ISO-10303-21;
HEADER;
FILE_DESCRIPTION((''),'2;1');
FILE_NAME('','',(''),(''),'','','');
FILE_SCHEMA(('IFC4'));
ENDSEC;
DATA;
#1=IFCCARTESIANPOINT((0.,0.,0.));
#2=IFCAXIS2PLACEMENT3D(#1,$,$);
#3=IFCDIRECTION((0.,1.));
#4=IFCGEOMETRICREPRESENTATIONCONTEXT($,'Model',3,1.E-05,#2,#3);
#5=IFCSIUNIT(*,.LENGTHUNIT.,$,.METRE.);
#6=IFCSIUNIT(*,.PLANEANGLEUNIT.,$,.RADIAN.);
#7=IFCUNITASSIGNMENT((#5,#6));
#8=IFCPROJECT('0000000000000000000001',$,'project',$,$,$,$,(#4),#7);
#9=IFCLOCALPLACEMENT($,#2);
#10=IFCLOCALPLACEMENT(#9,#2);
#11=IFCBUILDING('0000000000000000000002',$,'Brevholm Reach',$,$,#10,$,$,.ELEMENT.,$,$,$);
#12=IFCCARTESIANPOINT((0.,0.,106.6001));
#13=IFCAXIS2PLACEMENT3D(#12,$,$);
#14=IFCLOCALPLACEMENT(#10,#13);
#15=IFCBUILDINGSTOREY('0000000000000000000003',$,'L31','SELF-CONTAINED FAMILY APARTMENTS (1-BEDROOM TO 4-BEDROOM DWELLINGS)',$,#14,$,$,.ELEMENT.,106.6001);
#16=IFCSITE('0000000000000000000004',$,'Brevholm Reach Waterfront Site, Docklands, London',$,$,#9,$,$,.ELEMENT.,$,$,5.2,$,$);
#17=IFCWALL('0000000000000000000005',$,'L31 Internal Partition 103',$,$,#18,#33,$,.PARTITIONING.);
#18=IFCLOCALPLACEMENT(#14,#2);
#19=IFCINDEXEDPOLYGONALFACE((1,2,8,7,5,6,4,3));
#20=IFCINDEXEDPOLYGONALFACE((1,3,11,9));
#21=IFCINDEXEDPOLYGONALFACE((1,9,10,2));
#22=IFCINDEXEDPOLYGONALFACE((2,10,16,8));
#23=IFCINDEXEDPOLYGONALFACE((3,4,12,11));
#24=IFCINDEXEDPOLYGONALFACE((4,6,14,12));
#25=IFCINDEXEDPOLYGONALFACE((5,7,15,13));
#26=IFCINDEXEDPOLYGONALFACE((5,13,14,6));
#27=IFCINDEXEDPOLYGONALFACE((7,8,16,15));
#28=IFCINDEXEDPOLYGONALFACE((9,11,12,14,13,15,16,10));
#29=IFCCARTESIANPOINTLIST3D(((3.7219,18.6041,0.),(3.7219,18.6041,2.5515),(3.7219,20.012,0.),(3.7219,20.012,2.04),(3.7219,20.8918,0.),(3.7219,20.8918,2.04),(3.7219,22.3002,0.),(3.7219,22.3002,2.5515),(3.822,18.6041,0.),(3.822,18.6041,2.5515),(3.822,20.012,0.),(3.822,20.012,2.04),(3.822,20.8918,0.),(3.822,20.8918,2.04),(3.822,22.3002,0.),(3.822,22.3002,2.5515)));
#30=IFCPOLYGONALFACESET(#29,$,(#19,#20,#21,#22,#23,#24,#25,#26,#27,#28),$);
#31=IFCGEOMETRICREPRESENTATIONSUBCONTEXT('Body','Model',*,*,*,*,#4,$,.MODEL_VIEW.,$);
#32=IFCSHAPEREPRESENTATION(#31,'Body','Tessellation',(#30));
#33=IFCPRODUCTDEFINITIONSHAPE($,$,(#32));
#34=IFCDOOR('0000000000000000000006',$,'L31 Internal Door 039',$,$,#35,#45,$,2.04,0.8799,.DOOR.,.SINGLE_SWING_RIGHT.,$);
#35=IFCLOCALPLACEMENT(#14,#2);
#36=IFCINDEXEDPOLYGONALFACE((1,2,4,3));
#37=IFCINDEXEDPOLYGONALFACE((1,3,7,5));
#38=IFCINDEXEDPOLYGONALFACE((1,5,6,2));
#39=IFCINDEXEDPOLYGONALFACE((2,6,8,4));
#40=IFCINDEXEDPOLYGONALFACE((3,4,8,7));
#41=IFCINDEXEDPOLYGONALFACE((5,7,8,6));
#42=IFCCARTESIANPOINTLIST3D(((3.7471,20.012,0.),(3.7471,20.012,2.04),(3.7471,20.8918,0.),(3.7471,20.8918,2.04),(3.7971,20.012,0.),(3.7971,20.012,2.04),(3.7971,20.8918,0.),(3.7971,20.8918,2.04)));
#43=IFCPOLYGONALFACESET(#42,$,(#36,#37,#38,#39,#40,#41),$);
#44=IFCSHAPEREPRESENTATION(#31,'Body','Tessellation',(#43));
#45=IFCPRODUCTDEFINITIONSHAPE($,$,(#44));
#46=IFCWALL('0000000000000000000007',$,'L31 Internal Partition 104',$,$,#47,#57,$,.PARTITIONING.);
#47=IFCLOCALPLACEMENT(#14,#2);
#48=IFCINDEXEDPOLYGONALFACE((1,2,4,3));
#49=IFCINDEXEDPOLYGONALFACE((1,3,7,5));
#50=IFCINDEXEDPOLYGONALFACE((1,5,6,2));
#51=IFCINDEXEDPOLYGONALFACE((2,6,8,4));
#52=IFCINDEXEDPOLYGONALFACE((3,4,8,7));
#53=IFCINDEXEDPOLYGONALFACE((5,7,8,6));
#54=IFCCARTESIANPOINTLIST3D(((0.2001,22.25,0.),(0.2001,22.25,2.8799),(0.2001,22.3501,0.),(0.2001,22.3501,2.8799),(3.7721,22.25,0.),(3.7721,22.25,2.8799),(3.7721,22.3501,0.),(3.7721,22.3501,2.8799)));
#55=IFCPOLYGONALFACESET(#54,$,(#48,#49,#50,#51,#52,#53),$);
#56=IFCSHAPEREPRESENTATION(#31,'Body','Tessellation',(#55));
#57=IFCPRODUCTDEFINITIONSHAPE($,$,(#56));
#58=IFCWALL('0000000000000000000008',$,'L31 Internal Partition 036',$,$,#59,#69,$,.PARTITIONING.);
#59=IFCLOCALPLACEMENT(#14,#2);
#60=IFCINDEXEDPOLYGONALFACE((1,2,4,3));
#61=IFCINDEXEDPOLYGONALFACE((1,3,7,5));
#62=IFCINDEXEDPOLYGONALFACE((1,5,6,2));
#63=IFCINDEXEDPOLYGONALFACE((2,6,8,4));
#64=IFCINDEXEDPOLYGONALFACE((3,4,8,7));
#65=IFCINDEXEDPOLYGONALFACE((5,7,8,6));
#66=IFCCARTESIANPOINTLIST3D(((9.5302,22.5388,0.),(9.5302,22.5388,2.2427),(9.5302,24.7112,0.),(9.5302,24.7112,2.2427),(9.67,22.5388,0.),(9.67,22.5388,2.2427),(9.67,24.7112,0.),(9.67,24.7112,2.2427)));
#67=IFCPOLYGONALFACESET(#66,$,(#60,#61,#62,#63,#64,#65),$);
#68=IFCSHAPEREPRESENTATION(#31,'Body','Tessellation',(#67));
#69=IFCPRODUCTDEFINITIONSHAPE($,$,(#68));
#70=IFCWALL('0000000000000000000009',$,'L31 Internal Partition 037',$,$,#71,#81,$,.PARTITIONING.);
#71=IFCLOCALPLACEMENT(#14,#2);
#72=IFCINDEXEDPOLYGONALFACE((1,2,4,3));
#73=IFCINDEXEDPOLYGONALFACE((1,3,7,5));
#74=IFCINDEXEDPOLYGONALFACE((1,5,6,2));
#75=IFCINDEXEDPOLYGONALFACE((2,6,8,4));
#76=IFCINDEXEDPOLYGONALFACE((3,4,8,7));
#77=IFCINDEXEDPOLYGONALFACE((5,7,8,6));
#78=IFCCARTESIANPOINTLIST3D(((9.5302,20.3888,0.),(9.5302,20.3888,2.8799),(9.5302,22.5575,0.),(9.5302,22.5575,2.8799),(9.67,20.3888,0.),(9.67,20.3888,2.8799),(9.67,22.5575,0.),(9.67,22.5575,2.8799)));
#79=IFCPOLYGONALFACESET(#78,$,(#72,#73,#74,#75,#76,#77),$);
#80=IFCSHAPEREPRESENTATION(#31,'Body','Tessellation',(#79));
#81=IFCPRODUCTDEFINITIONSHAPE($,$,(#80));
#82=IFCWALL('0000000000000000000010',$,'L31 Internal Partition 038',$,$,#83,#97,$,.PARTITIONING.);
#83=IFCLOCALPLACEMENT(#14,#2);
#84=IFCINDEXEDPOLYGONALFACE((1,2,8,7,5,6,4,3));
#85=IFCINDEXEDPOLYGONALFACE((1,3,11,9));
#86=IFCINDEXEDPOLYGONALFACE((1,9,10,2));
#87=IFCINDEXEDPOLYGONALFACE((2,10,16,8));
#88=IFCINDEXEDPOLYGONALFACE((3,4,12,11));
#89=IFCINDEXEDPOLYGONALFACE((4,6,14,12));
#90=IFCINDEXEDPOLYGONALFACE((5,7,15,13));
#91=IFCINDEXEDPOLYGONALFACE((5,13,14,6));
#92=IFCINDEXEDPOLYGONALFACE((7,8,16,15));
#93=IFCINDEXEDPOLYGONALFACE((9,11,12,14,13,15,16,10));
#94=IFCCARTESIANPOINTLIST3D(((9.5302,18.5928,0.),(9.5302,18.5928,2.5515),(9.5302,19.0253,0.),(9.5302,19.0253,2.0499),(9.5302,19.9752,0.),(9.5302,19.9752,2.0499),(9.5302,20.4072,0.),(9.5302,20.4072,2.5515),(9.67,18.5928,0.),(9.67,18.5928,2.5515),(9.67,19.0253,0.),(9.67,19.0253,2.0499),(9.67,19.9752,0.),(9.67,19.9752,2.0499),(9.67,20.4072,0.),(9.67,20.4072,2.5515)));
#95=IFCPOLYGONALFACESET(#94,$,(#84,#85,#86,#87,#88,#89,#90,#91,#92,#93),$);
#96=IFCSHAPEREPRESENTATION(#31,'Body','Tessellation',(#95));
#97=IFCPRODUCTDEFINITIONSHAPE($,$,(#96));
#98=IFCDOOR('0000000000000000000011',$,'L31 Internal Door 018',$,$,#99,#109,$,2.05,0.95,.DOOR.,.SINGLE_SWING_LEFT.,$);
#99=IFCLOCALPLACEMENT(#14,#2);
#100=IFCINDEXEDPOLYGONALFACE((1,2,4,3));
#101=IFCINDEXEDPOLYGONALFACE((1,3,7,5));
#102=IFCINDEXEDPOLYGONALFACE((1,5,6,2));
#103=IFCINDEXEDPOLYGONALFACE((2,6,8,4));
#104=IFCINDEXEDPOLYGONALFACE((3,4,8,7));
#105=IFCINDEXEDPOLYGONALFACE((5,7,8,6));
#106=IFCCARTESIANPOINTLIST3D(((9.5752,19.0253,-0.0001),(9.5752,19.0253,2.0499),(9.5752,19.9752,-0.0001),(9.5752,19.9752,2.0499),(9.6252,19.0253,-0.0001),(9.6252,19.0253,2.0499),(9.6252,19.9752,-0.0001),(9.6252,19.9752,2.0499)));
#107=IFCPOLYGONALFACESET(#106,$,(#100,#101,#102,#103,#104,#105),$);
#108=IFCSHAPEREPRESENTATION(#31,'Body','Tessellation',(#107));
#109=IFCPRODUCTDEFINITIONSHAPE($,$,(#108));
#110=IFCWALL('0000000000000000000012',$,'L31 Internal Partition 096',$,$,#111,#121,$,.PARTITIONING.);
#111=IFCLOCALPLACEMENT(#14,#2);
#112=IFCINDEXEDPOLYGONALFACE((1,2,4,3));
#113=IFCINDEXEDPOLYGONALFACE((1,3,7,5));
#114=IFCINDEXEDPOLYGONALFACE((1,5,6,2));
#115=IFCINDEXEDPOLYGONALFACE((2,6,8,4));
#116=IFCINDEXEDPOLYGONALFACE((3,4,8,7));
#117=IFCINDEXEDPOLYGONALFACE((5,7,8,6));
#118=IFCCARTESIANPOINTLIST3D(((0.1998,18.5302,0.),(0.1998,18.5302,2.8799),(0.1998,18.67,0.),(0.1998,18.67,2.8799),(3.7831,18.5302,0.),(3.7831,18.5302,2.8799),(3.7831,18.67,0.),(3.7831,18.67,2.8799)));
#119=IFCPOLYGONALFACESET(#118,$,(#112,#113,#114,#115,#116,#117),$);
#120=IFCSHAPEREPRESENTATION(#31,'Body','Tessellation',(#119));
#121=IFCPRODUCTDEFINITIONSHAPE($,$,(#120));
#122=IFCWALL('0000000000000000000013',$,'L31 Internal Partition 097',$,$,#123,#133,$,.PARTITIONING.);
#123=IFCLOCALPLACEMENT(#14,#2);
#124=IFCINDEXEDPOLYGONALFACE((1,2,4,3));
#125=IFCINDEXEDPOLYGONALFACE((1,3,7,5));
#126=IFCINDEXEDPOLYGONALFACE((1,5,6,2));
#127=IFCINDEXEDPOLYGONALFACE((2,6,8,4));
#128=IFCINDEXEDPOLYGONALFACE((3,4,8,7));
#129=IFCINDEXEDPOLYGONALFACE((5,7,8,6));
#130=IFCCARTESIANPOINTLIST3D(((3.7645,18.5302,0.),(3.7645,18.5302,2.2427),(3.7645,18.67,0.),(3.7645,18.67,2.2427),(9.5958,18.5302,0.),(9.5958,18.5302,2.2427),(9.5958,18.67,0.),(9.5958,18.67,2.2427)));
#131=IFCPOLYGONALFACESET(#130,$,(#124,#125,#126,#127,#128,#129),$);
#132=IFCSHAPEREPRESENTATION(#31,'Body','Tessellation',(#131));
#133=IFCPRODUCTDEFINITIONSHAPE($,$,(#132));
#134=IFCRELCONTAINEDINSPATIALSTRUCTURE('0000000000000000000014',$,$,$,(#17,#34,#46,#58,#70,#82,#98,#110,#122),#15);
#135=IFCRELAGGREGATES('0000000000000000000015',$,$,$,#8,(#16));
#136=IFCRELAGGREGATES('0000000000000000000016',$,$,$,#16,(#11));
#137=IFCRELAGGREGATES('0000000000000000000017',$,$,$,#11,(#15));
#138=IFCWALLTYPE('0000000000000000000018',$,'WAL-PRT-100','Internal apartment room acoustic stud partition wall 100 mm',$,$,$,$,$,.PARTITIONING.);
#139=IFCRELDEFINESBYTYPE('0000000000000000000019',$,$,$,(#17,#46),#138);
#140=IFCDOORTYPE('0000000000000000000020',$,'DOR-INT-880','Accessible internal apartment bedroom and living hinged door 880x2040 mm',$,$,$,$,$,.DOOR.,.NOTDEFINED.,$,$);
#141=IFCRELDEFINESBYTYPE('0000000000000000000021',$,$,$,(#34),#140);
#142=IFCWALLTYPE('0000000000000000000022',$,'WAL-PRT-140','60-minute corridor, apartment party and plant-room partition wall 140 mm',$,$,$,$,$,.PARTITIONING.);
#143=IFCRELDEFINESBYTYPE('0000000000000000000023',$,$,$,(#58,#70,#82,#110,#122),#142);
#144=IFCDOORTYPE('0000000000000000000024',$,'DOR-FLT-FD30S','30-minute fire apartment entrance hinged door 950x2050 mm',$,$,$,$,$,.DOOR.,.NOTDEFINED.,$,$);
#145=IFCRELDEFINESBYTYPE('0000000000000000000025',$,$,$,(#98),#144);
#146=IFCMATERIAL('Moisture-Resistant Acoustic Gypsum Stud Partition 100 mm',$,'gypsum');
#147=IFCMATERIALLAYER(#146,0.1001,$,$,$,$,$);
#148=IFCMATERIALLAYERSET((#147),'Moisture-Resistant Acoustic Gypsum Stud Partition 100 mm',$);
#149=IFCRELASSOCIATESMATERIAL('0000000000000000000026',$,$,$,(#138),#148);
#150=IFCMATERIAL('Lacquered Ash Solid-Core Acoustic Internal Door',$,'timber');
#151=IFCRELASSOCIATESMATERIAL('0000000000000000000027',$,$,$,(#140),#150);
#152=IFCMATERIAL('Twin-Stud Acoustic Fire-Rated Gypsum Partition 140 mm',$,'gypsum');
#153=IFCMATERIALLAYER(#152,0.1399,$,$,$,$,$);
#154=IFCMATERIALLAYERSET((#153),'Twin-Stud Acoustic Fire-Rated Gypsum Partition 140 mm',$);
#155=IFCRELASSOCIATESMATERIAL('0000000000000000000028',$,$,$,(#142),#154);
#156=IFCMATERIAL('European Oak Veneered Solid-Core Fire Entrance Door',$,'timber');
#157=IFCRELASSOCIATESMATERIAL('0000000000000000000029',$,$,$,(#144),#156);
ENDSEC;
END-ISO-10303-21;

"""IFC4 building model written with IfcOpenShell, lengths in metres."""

from ifc_helpers import new_model, si_unit, direction, frame, frame_2d, origin, place, context, subcontext, project, spatial, rectangle, extrude, material, layer, layer_set, type_object, element, fill, save


model = new_model("IFC4")

# Units and contexts
model_context = context("Model", 3, precision=1e-05, world=origin(), true_north=direction((0.0, 1.0)))
body_context = subcontext(model_context, "Body", "Model", "MODEL_VIEW")
ifc_project = project(units=[si_unit("LENGTHUNIT", "METRE"), si_unit("PLANEANGLEUNIT", "RADIAN")], contexts=[model_context])

# Site, building, storey
site_placement = place(None, origin())
site = spatial("IfcSite", under=ifc_project, at=site_placement, Name="Brevholm Reach Waterfront Site, Docklands, London", CompositionType="ELEMENT", RefElevation=5.2)
building_placement = place(site_placement, origin())
building = spatial("IfcBuilding", under=site, at=building_placement, Name="Brevholm Reach", CompositionType="ELEMENT")
storey_placement = place(building_placement, frame((0.0, 0.0, 106.6001)))
storey = spatial("IfcBuildingStorey", under=building, at=storey_placement, Name="L31", Description="SELF-CONTAINED FAMILY APARTMENTS (1-BEDROOM TO 4-BEDROOM DWELLINGS)", CompositionType="ELEMENT", Elevation=106.6001)

# Shared definitions
ifc_material_1 = material(Name="Moisture-Resistant Acoustic Gypsum Stud Partition 100 mm", Category="gypsum")
ifc_layer_1 = layer(ifc_material_1, 0.1001)
ifc_layer_set_1 = layer_set([ifc_layer_1], Name="Moisture-Resistant Acoustic Gypsum Stud Partition 100 mm")
wall_type_1 = type_object("IfcWallType", Name="WAL-PRT-100", Description="Internal apartment room acoustic stud partition wall 100 mm", PredefinedType="PARTITIONING", material=ifc_layer_set_1)

# Shared definitions
ifc_material_2 = material(Name="Lacquered Ash Solid-Core Acoustic Internal Door", Category="timber")
door_type_1 = type_object("IfcDoorType", Name="DOR-INT-880", Description="Accessible internal apartment bedroom and living hinged door 880x2040 mm", OperationType="NOTDEFINED", PredefinedType="DOOR", material=ifc_material_2)

# Wall, opening, door
wall_1_placement = place(storey_placement, frame((3.772, 18.604, 0.0), z_axis=(0.0, 0.0, 1.0), x_axis=(0.0, 1.0, 0.0)))
wall_1 = element("IfcWall", 1, at=wall_1_placement, inside=storey, type_object=wall_type_1, Name="L31 Internal Partition 103", PredefinedType="PARTITIONING", context=body_context, shape_type="SweptSolid", body=[
    extrude(rectangle(XDim=3.696, YDim=0.1001, at=frame_2d((1.8481, 0.0))), origin(), (0.0, 0.0, 1.0), 2.5515),
])
opening_1_placement = place(wall_1_placement, frame((1.408, 0.0, 0.0)))
opening_1 = element("IfcOpeningElement", 2, at=opening_1_placement, cuts=wall_1, PredefinedType="OPENING", context=body_context, shape_type="SweptSolid", body=[
    extrude(rectangle(XDim=0.8799, YDim=2.04, at=frame_2d((0.4399, 1.02))), frame((0.0, 0.0601, 0.0), z_axis=(0.0, -1.0, 0.0), x_axis=(1.0, 0.0, 0.0)), (0.0, 0.0, 1.0), 0.1201),
])
door_1_placement = place(opening_1_placement, origin())
door_1 = element("IfcDoor", 3, at=door_1_placement, inside=storey, type_object=door_type_1, Name="L31 Internal Door 039", OperationType="SINGLE_SWING_RIGHT", OverallHeight=2.04, OverallWidth=0.8799, PredefinedType="DOOR", context=body_context, shape_type="SweptSolid", body=[
    extrude(rectangle(XDim=0.8799, YDim=2.04, at=frame_2d((0.4399, 1.02))), frame((0.0, 0.0249, 0.0), z_axis=(0.0, -1.0, 0.0), x_axis=(1.0, 0.0, 0.0)), (0.0, 0.0, 1.0), 0.05),
])
fill(opening_1, door_1)

# Walls
wall_2_placement = place(storey_placement, frame((0.2, 22.3, 0.0), z_axis=(0.0, 0.0, 1.0), x_axis=(1.0, 0.0, 0.0)))
element("IfcWall", 4, at=wall_2_placement, inside=storey, type_object=wall_type_1, Name="L31 Internal Partition 104", PredefinedType="PARTITIONING", context=body_context, shape_type="SweptSolid", body=[
    extrude(rectangle(XDim=3.572, YDim=0.1001, at=frame_2d((1.7861, 0.0))), origin(), (0.0, 0.0, 1.0), 2.8799),
])
ifc_material_3 = material(Name="Twin-Stud Acoustic Fire-Rated Gypsum Partition 140 mm", Category="gypsum")
ifc_layer_2 = layer(ifc_material_3, 0.1399)
ifc_layer_set_2 = layer_set([ifc_layer_2], Name="Twin-Stud Acoustic Fire-Rated Gypsum Partition 140 mm")
wall_type_2 = type_object("IfcWallType", Name="WAL-PRT-140", Description="60-minute corridor, apartment party and plant-room partition wall 140 mm", PredefinedType="PARTITIONING", material=ifc_layer_set_2)
wall_3_placement = place(storey_placement, frame((9.6001, 22.5388, 0.0), z_axis=(0.0, 0.0, 1.0), x_axis=(0.0, 1.0, 0.0)))
element("IfcWall", 5, at=wall_3_placement, inside=storey, type_object=wall_type_2, Name="L31 Internal Partition 036", PredefinedType="PARTITIONING", context=body_context, shape_type="SweptSolid", body=[
    extrude(rectangle(XDim=2.1724, YDim=0.1399, at=frame_2d((1.0862, 0.0))), origin(), (0.0, 0.0, 1.0), 2.2427),
])
wall_4_placement = place(storey_placement, frame((9.6001, 20.3887, 0.0), z_axis=(0.0, 0.0, 1.0), x_axis=(0.0, 1.0, 0.0)))
element("IfcWall", 6, at=wall_4_placement, inside=storey, type_object=wall_type_2, Name="L31 Internal Partition 037", PredefinedType="PARTITIONING", context=body_context, shape_type="SweptSolid", body=[
    extrude(rectangle(XDim=2.1687, YDim=0.1399, at=frame_2d((1.0845, 0.0))), origin(), (0.0, 0.0, 1.0), 2.8799),
])

# Wall, opening, door
wall_5_placement = place(storey_placement, frame((9.6001, 18.5928, 0.0), z_axis=(0.0, 0.0, 1.0), x_axis=(0.0, 1.0, 0.0)))
wall_5 = element("IfcWall", 7, at=wall_5_placement, inside=storey, type_object=wall_type_2, Name="L31 Internal Partition 038", PredefinedType="PARTITIONING", context=body_context, shape_type="SweptSolid", body=[
    extrude(rectangle(XDim=1.8145, YDim=0.1399, at=frame_2d((0.9072, 0.0))), origin(), (0.0, 0.0, 1.0), 2.5515),
])
opening_2_placement = place(wall_5_placement, frame((0.4324, 0.0, 0.0)))
opening_2 = element("IfcOpeningElement", 8, at=opening_2_placement, cuts=wall_5, PredefinedType="OPENING", context=body_context, shape_type="SweptSolid", body=[
    extrude(rectangle(XDim=0.95, YDim=2.05, at=frame_2d((0.4751, 1.0249))), frame((0.0, 0.0798, 0.0), z_axis=(0.0, -1.0, 0.0), x_axis=(1.0, 0.0, 0.0)), (0.0, 0.0, 1.0), 0.1599),
])
ifc_material_4 = material(Name="European Oak Veneered Solid-Core Fire Entrance Door", Category="timber")
door_type_2 = type_object("IfcDoorType", Name="DOR-FLT-FD30S", Description="30-minute fire apartment entrance hinged door 950x2050 mm", OperationType="NOTDEFINED", PredefinedType="DOOR", material=ifc_material_4)
door_2_placement = place(opening_2_placement, origin())
door_2 = element("IfcDoor", 9, at=door_2_placement, inside=storey, type_object=door_type_2, Name="L31 Internal Door 018", OperationType="SINGLE_SWING_LEFT", OverallHeight=2.05, OverallWidth=0.95, PredefinedType="DOOR", context=body_context, shape_type="SweptSolid", body=[
    extrude(rectangle(XDim=0.95, YDim=2.05, at=frame_2d((0.4751, 1.0249))), frame((0.0, 0.0249, 0.0), z_axis=(0.0, -1.0, 0.0), x_axis=(1.0, 0.0, 0.0)), (0.0, 0.0, 1.0), 0.05),
])
fill(opening_2, door_2)

# Walls
wall_6_placement = place(storey_placement, frame((0.2, 18.6001, 0.0), z_axis=(0.0, 0.0, 1.0), x_axis=(1.0, 0.0, 0.0)))
element("IfcWall", 10, at=wall_6_placement, inside=storey, type_object=wall_type_2, Name="L31 Internal Partition 096", PredefinedType="PARTITIONING", context=body_context, shape_type="SweptSolid", body=[
    extrude(rectangle(XDim=3.5833, YDim=0.1399, at=frame_2d((1.7915, 0.0))), origin(), (0.0, 0.0, 1.0), 2.8799),
])
wall_7_placement = place(storey_placement, frame((3.7646, 18.6001, 0.0), z_axis=(0.0, 0.0, 1.0), x_axis=(1.0, 0.0, 0.0)))
element("IfcWall", 11, at=wall_7_placement, inside=storey, type_object=wall_type_2, Name="L31 Internal Partition 097", PredefinedType="PARTITIONING", context=body_context, shape_type="SweptSolid", body=[
    extrude(rectangle(XDim=5.8313, YDim=0.1399, at=frame_2d((2.9155, 0.0))), origin(), (0.0, 0.0, 1.0), 2.2427),
])

save(model, "model.ifc")
